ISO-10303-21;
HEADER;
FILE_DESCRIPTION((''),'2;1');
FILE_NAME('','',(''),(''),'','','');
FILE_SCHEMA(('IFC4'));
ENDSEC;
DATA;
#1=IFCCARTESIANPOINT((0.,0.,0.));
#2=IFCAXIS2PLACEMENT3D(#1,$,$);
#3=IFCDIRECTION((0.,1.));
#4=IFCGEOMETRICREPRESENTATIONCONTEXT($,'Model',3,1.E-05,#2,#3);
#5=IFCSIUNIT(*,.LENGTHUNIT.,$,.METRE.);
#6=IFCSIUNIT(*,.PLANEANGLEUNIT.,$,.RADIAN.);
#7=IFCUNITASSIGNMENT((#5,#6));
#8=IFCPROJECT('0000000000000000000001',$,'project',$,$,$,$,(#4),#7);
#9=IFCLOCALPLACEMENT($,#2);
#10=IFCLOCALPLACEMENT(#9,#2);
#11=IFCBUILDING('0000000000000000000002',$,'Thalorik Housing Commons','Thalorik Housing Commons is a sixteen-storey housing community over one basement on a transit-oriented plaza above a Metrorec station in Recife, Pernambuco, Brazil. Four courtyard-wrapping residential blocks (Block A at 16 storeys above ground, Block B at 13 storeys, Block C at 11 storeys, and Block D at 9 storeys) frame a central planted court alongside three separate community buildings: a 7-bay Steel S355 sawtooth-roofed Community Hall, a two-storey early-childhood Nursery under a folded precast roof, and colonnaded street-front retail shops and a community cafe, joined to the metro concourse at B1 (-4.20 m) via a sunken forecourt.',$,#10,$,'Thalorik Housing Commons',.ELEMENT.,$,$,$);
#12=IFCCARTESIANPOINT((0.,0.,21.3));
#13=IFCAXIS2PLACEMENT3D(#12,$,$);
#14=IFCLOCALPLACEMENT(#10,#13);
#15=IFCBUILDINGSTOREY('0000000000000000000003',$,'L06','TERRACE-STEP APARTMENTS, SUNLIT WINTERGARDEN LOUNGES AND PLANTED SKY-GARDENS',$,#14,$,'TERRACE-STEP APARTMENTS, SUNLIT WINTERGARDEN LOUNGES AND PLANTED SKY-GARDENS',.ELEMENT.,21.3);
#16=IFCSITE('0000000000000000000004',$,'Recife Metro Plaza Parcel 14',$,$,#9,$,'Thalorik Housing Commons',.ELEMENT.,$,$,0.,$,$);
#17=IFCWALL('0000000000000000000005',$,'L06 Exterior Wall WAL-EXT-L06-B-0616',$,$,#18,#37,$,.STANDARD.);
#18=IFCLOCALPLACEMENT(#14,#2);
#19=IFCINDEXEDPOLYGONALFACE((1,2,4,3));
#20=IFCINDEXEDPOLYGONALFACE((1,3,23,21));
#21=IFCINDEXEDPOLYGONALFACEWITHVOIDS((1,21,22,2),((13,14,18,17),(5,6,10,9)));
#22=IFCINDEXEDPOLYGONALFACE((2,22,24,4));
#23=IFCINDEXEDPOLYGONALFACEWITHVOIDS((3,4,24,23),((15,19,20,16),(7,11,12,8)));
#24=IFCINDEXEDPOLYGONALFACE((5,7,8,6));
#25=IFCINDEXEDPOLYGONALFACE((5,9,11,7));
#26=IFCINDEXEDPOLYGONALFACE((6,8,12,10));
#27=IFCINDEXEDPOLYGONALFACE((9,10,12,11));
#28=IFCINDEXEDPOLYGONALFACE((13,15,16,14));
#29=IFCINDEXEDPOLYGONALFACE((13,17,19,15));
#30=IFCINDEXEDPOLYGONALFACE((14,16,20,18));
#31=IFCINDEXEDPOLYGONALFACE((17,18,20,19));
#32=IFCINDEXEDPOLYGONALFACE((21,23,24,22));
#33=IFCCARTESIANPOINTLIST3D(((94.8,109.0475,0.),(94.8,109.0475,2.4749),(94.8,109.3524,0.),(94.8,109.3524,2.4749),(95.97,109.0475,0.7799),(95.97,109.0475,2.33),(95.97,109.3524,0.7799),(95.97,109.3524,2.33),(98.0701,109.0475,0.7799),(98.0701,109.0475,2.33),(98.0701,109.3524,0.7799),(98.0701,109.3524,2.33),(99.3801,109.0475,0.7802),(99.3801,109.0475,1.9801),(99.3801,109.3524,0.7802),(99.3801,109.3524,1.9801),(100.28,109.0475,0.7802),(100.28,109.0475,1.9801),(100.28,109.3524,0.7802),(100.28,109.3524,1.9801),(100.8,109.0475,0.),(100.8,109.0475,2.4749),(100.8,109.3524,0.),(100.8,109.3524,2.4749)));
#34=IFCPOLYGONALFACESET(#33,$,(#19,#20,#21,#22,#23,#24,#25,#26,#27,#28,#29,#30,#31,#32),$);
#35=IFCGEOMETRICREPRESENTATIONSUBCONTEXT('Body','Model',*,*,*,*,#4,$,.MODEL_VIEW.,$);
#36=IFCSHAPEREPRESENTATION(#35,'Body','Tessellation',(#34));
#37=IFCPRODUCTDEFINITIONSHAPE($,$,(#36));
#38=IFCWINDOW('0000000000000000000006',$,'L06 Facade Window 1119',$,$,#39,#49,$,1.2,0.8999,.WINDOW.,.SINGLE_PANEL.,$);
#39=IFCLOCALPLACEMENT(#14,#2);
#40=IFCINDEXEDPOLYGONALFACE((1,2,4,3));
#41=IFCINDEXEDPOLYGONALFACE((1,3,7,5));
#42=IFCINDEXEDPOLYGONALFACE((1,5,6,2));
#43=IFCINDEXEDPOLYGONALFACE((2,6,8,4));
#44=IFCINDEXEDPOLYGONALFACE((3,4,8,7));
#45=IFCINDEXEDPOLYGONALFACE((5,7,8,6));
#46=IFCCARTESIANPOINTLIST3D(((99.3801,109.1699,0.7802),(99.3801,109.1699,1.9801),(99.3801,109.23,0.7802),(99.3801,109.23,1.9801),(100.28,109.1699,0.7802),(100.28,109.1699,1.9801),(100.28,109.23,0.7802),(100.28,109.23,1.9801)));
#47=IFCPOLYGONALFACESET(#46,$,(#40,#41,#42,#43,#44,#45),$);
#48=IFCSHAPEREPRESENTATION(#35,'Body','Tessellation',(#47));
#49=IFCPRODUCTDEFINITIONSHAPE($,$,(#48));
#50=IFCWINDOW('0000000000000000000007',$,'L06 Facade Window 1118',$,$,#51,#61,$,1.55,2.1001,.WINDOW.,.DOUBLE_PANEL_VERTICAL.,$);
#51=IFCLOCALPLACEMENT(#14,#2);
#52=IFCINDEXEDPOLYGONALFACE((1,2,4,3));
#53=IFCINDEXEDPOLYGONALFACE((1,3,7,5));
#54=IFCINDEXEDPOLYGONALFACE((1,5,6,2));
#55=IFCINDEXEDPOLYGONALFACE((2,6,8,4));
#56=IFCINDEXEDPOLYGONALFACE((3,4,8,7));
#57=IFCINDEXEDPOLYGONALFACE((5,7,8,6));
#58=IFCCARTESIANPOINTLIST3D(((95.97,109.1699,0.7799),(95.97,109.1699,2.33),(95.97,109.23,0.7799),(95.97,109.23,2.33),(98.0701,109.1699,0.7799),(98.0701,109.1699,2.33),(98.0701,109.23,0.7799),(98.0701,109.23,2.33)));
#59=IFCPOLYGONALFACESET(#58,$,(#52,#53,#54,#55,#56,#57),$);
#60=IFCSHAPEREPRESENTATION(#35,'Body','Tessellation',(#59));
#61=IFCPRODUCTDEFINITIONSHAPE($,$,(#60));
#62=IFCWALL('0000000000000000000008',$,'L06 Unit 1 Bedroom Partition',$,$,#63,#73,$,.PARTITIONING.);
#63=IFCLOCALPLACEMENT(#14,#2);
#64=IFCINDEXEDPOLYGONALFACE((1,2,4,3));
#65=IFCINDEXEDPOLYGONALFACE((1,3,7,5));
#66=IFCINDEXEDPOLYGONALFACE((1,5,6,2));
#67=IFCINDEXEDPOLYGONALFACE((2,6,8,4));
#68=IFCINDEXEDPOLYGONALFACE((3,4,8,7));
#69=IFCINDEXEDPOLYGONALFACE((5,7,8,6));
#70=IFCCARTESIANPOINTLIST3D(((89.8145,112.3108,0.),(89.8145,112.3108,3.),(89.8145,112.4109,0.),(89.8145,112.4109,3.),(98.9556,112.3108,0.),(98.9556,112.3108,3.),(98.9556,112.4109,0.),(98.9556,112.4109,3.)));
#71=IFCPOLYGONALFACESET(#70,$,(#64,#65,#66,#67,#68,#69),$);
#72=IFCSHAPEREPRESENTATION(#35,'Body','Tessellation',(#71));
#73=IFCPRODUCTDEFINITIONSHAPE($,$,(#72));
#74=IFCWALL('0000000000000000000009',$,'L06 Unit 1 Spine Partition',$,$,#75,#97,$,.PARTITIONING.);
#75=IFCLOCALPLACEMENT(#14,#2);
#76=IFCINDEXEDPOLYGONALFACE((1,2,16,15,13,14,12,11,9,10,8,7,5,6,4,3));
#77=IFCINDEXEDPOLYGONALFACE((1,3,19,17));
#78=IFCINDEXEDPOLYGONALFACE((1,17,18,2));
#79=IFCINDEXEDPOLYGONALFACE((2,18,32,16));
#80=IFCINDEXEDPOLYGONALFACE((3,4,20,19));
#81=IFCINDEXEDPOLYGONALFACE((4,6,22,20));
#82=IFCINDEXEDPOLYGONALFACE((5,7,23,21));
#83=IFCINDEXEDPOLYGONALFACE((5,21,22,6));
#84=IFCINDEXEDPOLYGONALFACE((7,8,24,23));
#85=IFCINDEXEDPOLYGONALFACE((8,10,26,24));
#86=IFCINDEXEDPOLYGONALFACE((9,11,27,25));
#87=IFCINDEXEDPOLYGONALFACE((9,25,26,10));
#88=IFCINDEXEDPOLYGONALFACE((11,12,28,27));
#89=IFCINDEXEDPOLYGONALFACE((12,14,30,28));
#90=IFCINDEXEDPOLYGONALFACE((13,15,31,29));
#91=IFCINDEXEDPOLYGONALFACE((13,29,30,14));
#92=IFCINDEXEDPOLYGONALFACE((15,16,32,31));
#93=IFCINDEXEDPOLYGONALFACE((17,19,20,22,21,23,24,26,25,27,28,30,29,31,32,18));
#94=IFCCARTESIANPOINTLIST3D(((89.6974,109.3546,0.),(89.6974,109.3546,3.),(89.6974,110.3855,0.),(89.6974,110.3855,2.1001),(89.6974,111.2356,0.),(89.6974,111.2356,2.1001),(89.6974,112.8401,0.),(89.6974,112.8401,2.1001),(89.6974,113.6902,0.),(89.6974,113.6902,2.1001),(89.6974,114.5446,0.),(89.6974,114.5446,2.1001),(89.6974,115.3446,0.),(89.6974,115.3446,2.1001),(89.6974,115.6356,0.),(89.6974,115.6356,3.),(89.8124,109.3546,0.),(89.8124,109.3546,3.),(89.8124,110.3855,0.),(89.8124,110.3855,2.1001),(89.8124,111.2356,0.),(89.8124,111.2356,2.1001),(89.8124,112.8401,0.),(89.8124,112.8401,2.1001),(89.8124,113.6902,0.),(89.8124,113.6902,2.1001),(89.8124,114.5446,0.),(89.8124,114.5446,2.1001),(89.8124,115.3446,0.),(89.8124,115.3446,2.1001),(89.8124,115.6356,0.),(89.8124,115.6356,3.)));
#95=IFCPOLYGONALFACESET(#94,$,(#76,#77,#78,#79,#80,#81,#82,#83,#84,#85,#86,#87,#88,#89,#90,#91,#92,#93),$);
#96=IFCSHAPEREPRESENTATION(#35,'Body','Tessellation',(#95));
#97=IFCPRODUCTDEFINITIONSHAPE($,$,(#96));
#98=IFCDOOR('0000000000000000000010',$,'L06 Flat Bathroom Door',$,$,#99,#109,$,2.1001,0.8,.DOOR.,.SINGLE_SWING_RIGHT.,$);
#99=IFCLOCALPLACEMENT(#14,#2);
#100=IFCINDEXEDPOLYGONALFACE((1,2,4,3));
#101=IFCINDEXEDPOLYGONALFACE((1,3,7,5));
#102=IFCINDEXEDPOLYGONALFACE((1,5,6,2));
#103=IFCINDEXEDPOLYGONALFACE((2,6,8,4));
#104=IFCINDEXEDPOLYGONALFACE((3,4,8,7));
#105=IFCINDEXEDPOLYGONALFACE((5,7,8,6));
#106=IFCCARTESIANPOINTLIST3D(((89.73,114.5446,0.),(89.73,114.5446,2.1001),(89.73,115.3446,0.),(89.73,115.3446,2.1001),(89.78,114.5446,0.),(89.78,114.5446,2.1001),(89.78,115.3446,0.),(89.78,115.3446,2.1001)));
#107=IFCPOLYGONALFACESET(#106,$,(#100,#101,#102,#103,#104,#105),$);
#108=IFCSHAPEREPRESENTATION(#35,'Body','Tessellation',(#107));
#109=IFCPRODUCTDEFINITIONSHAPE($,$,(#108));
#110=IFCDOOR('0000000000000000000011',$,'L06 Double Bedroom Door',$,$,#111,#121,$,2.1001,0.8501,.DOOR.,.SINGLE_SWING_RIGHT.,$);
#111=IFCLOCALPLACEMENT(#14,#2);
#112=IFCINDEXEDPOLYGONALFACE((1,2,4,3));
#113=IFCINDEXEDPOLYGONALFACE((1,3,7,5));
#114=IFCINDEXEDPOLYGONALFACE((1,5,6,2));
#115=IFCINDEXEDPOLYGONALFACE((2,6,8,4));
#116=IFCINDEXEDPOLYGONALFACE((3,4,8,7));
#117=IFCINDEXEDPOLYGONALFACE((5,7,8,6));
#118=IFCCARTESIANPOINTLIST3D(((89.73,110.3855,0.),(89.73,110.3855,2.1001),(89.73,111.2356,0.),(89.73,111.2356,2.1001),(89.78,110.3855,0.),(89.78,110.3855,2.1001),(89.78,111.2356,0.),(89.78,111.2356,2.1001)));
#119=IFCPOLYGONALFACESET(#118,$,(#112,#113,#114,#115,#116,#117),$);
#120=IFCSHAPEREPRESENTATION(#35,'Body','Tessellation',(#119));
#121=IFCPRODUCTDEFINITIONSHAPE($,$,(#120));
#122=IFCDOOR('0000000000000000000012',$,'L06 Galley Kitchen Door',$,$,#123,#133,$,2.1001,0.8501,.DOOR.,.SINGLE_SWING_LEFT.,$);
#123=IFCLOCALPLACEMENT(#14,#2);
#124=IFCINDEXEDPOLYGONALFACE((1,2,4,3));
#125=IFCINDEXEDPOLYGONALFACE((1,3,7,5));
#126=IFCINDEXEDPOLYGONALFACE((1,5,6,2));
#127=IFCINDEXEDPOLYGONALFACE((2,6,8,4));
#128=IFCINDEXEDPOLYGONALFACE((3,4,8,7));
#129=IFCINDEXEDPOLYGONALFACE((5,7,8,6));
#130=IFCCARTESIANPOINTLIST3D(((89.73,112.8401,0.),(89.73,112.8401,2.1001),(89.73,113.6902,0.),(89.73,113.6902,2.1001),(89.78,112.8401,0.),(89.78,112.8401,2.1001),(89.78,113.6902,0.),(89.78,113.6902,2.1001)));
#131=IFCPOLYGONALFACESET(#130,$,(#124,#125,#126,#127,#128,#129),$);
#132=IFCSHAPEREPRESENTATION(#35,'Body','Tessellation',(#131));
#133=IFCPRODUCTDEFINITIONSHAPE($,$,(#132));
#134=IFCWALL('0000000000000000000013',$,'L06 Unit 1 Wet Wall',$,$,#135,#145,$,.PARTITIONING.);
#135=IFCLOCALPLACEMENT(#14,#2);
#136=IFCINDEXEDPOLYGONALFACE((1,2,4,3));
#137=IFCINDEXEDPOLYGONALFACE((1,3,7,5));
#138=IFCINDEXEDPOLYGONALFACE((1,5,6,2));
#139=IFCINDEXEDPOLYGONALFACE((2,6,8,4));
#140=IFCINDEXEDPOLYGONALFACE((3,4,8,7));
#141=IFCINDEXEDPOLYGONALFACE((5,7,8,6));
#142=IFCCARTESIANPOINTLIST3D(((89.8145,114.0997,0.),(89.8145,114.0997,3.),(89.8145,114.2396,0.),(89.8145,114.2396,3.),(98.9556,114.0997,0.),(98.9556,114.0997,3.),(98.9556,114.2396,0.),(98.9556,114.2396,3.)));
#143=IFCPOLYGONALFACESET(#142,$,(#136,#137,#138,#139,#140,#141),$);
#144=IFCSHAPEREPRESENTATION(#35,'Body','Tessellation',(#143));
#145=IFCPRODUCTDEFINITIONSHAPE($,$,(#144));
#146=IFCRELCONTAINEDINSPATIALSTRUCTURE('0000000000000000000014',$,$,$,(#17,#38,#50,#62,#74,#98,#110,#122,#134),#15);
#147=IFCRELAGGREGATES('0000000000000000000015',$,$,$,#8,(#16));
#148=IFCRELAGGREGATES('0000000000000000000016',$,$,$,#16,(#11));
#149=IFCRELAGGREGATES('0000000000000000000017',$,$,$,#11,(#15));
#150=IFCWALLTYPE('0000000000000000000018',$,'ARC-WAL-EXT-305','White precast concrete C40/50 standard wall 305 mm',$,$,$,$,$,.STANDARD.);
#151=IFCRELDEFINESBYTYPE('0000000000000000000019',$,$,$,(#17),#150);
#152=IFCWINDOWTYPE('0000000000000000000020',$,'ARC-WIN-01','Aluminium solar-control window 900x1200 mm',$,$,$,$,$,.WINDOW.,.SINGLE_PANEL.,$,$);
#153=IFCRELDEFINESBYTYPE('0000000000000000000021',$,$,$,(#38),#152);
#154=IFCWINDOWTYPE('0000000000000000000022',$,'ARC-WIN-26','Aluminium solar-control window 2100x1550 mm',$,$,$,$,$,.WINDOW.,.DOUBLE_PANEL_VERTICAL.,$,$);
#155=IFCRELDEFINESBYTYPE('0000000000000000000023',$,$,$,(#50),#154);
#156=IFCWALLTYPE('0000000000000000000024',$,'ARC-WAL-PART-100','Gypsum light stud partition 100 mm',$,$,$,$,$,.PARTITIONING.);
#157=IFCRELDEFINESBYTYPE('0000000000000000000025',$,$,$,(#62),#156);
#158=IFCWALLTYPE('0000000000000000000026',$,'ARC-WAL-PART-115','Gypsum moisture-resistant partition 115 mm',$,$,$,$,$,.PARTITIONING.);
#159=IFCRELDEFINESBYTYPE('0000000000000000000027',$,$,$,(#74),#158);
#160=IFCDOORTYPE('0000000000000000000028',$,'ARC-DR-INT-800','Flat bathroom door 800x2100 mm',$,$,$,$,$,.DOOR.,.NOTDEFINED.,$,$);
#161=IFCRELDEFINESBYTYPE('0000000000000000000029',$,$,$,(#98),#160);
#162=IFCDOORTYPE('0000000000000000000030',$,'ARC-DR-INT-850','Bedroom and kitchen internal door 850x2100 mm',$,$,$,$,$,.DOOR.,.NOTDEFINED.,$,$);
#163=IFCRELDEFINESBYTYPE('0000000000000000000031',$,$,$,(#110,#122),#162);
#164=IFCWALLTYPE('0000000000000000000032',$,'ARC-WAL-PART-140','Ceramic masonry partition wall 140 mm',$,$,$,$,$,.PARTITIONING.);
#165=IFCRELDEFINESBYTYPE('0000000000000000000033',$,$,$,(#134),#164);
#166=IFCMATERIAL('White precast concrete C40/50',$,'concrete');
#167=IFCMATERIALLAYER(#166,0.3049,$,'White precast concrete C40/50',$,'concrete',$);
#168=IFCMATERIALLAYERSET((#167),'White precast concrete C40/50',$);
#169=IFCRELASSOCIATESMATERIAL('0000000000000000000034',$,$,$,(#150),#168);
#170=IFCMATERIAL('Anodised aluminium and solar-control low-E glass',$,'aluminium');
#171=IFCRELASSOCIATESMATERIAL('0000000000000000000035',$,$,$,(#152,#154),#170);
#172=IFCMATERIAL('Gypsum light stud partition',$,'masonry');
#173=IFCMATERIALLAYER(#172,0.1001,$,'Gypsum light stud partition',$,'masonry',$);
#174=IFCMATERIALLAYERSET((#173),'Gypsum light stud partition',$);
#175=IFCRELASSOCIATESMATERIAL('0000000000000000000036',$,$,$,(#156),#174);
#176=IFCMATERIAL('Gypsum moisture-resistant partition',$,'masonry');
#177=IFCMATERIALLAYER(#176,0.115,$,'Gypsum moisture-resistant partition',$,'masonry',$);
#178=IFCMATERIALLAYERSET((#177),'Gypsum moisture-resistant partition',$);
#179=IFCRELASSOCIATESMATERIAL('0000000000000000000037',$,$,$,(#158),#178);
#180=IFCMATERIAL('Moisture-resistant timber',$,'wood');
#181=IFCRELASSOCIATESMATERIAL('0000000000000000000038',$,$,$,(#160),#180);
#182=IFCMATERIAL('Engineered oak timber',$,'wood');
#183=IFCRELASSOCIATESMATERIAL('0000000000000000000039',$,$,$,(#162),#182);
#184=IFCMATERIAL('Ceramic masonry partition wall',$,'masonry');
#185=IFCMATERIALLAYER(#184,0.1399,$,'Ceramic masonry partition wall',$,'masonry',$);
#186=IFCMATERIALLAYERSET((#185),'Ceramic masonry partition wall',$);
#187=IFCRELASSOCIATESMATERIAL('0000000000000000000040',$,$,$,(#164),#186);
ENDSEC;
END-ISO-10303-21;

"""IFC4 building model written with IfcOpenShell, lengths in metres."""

from ifc_helpers import new_model, si_unit, direction, frame, frame_2d, origin, place, context, subcontext, project, spatial, rectangle, extrude, material, layer, layer_set, type_object, element, fill, save


model = new_model("IFC4")

# Units and contexts
model_context = context("Model", 3, precision=1e-05, world=origin(), true_north=direction((0.0, 1.0)))
body_context = subcontext(model_context, "Body", "Model", "MODEL_VIEW")
ifc_project = project(units=[si_unit("LENGTHUNIT", "METRE"), si_unit("PLANEANGLEUNIT", "RADIAN")], contexts=[model_context])

# Site, building, storey
site_placement = place(None, origin())
site = spatial("IfcSite", under=ifc_project, at=site_placement, Name="Recife Metro Plaza Parcel 14", LongName="Thalorik Housing Commons", CompositionType="ELEMENT", RefElevation=0.0)
building_placement = place(site_placement, origin())
building = spatial("IfcBuilding", under=site, at=building_placement, Name="Thalorik Housing Commons", Description="Thalorik Housing Commons is a sixteen-storey housing community over one basement on a transit-oriented plaza above a Metrorec station in Recife, Pernambuco, Brazil. Four courtyard-wrapping residential blocks (Block A at 16 storeys above ground, Block B at 13 storeys, Block C at 11 storeys, and Block D at 9 storeys) frame a central planted court alongside three separate community buildings: a 7-bay Steel S355 sawtooth-roofed Community Hall, a two-storey early-childhood Nursery under a folded precast roof, and colonnaded street-front retail shops and a community cafe, joined to the metro concourse at B1 (-4.20 m) via a sunken forecourt.", LongName="Thalorik Housing Commons", CompositionType="ELEMENT")
storey_placement = place(building_placement, frame((0.0, 0.0, 21.3)))
storey = spatial("IfcBuildingStorey", under=building, at=storey_placement, Name="L06", Description="TERRACE-STEP APARTMENTS, SUNLIT WINTERGARDEN LOUNGES AND PLANTED SKY-GARDENS", LongName="TERRACE-STEP APARTMENTS, SUNLIT WINTERGARDEN LOUNGES AND PLANTED SKY-GARDENS", CompositionType="ELEMENT", Elevation=21.3)

# Wall, openings, windows
ifc_material_1 = material(Name="White precast concrete C40/50", Category="concrete")
ifc_layer_1 = layer(ifc_material_1, 0.3049, Name="White precast concrete C40/50", Category="concrete")
ifc_layer_set_1 = layer_set([ifc_layer_1], Name="White precast concrete C40/50")
wall_type_1 = type_object("IfcWallType", Name="ARC-WAL-EXT-305", Description="White precast concrete C40/50 standard wall 305 mm", PredefinedType="STANDARD", material=ifc_layer_set_1)
ifc_material_2 = material(Name="Anodised aluminium and solar-control low-E glass", Category="aluminium")
wall_1_placement = place(storey_placement, frame((94.8, 109.2, 0.0), z_axis=(0.0, 0.0, 1.0), x_axis=(1.0, 0.0, 0.0)))
wall_1 = element("IfcWall", 1, at=wall_1_placement, inside=storey, type_object=wall_type_1, Name="L06 Exterior Wall WAL-EXT-L06-B-0616", PredefinedType="STANDARD", context=body_context, shape_type="SweptSolid", body=[
    extrude(rectangle(XDim=6.0, YDim=0.3049, at=frame_2d((3.0, 0.0))), origin(), (0.0, 0.0, 1.0), 2.4749),
])
opening_1_placement = place(wall_1_placement, frame((1.1699, 0.0, 0.78)))
opening_1 = element("IfcOpeningElement", 2, at=opening_1_placement, cuts=wall_1, PredefinedType="OPENING", context=body_context, shape_type="SweptSolid", body=[
    extrude(rectangle(XDim=2.1001, YDim=1.55, at=frame_2d((1.05, 0.7749))), frame((0.0, 0.1626, 0.0), z_axis=(0.0, -1.0, 0.0), x_axis=(1.0, 0.0, 0.0)), (0.0, 0.0, 1.0), 0.325),
])
opening_2_placement = place(wall_1_placement, frame((4.5801, 0.0, 0.78)))
opening_2 = element("IfcOpeningElement", 3, at=opening_2_placement, cuts=wall_1, PredefinedType="OPENING", context=body_context, shape_type="SweptSolid", body=[
    extrude(rectangle(XDim=0.8999, YDim=1.2, at=frame_2d((0.45, 0.6001))), frame((0.0, 0.1626, 0.0), z_axis=(0.0, -1.0, 0.0), x_axis=(1.0, 0.0, 0.0)), (0.0, 0.0, 1.0), 0.325),
])
window_type_1 = type_object("IfcWindowType", Name="ARC-WIN-01", Description="Aluminium solar-control window 900x1200 mm", PartitioningType="SINGLE_PANEL", PredefinedType="WINDOW", material=ifc_material_2)
window_1_placement = place(opening_2_placement, origin())
window_1 = element("IfcWindow", 4, at=window_1_placement, inside=storey, type_object=window_type_1, Name="L06 Facade Window 1119", OverallHeight=1.2, OverallWidth=0.8999, PartitioningType="SINGLE_PANEL", PredefinedType="WINDOW", context=body_context, shape_type="SweptSolid", body=[
    extrude(rectangle(XDim=0.8999, YDim=1.2, at=frame_2d((0.45, 0.6001))), frame((0.0, 0.03, 0.0), z_axis=(0.0, -1.0, 0.0), x_axis=(1.0, 0.0, 0.0)), (0.0, 0.0, 1.0), 0.0601),
])
fill(opening_2, window_1)
window_type_2 = type_object("IfcWindowType", Name="ARC-WIN-26", Description="Aluminium solar-control window 2100x1550 mm", PartitioningType="DOUBLE_PANEL_VERTICAL", PredefinedType="WINDOW", material=ifc_material_2)
window_2_placement = place(opening_1_placement, origin())
window_2 = element("IfcWindow", 5, at=window_2_placement, inside=storey, type_object=window_type_2, Name="L06 Facade Window 1118", OverallHeight=1.55, OverallWidth=2.1001, PartitioningType="DOUBLE_PANEL_VERTICAL", PredefinedType="WINDOW", context=body_context, shape_type="SweptSolid", body=[
    extrude(rectangle(XDim=2.1001, YDim=1.55, at=frame_2d((1.05, 0.7749))), frame((0.0, 0.03, 0.0), z_axis=(0.0, -1.0, 0.0), x_axis=(1.0, 0.0, 0.0)), (0.0, 0.0, 1.0), 0.0601),
])
fill(opening_1, window_2)

# Wall
ifc_material_3 = material(Name="Gypsum light stud partition", Category="masonry")
ifc_layer_2 = layer(ifc_material_3, 0.1001, Name="Gypsum light stud partition", Category="masonry")
ifc_layer_set_2 = layer_set([ifc_layer_2], Name="Gypsum light stud partition")
wall_type_2 = type_object("IfcWallType", Name="ARC-WAL-PART-100", Description="Gypsum light stud partition 100 mm", PredefinedType="PARTITIONING", material=ifc_layer_set_2)
wall_2_placement = place(storey_placement, frame((89.8145, 112.3608, 0.0), z_axis=(0.0, 0.0, 1.0), x_axis=(1.0, 0.0, 0.0)))
element("IfcWall", 6, at=wall_2_placement, inside=storey, type_object=wall_type_2, Name="L06 Unit 1 Bedroom Partition", PredefinedType="PARTITIONING", context=body_context, shape_type="SweptSolid", body=[
    extrude(rectangle(XDim=9.1411, YDim=0.1001, at=frame_2d((4.5706, 0.0))), origin(), (0.0, 0.0, 1.0), 3.0),
])

# Wall, openings, doors
ifc_material_4 = material(Name="Gypsum moisture-resistant partition", Category="masonry")
ifc_layer_3 = layer(ifc_material_4, 0.115, Name="Gypsum moisture-resistant partition", Category="masonry")
ifc_layer_set_3 = layer_set([ifc_layer_3], Name="Gypsum moisture-resistant partition")
wall_type_3 = type_object("IfcWallType", Name="ARC-WAL-PART-115", Description="Gypsum moisture-resistant partition 115 mm", PredefinedType="PARTITIONING", material=ifc_layer_set_3)
wall_3_placement = place(storey_placement, frame((89.7549, 109.3545, 0.0), z_axis=(0.0, 0.0, 1.0), x_axis=(0.0, 1.0, 0.0)))
wall_3 = element("IfcWall", 7, at=wall_3_placement, inside=storey, type_object=wall_type_3, Name="L06 Unit 1 Spine Partition", PredefinedType="PARTITIONING", context=body_context, shape_type="SweptSolid", body=[
    extrude(rectangle(XDim=6.281, YDim=0.115, at=frame_2d((3.1406, 0.0))), origin(), (0.0, 0.0, 1.0), 3.0),
])
opening_3_placement = place(wall_3_placement, frame((1.031, 0.0, 0.0)))
opening_3 = element("IfcOpeningElement", 8, at=opening_3_placement, cuts=wall_3, PredefinedType="OPENING", context=body_context, shape_type="SweptSolid", body=[
    extrude(rectangle(XDim=0.8501, YDim=2.1001, at=frame_2d((0.425, 1.05))), frame((0.0, 0.0674, 0.0), z_axis=(0.0, -1.0, 0.0), x_axis=(1.0, 0.0, 0.0)), (0.0, 0.0, 1.0), 0.135),
])
opening_4_placement = place(wall_3_placement, frame((3.4856, 0.0, 0.0)))
opening_4 = element("IfcOpeningElement", 9, at=opening_4_placement, cuts=wall_3, PredefinedType="OPENING", context=body_context, shape_type="SweptSolid", body=[
    extrude(rectangle(XDim=0.8501, YDim=2.1001, at=frame_2d((0.425, 1.05))), frame((0.0, 0.0674, 0.0), z_axis=(0.0, -1.0, 0.0), x_axis=(1.0, 0.0, 0.0)), (0.0, 0.0, 1.0), 0.135),
])
opening_5_placement = place(wall_3_placement, frame((5.1902, 0.0, 0.0)))
opening_5 = element("IfcOpeningElement", 10, at=opening_5_placement, cuts=wall_3, PredefinedType="OPENING", context=body_context, shape_type="SweptSolid", body=[
    extrude(rectangle(XDim=0.8, YDim=2.1001, at=frame_2d((0.3999, 1.05))), frame((0.0, 0.0674, 0.0), z_axis=(0.0, -1.0, 0.0), x_axis=(1.0, 0.0, 0.0)), (0.0, 0.0, 1.0), 0.135),
])
ifc_material_5 = material(Name="Moisture-resistant timber", Category="wood")
door_type_1 = type_object("IfcDoorType", Name="ARC-DR-INT-800", Description="Flat bathroom door 800x2100 mm", OperationType="NOTDEFINED", PredefinedType="DOOR", material=ifc_material_5)
door_1_placement = place(opening_5_placement, origin())
door_1 = element("IfcDoor", 11, at=door_1_placement, inside=storey, type_object=door_type_1, Name="L06 Flat Bathroom Door", OperationType="SINGLE_SWING_RIGHT", OverallHeight=2.1001, OverallWidth=0.8, PredefinedType="DOOR", context=body_context, shape_type="SweptSolid", body=[
    extrude(rectangle(XDim=0.8, YDim=2.1001, at=frame_2d((0.3999, 1.05))), frame((0.0, 0.0249, 0.0), z_axis=(0.0, -1.0, 0.0), x_axis=(1.0, 0.0, 0.0)), (0.0, 0.0, 1.0), 0.05),
])
fill(opening_5, door_1)
ifc_material_6 = material(Name="Engineered oak timber", Category="wood")
door_type_2 = type_object("IfcDoorType", Name="ARC-DR-INT-850", Description="Bedroom and kitchen internal door 850x2100 mm", OperationType="NOTDEFINED", PredefinedType="DOOR", material=ifc_material_6)
door_2_placement = place(opening_3_placement, origin())
door_2 = element("IfcDoor", 12, at=door_2_placement, inside=storey, type_object=door_type_2, Name="L06 Double Bedroom Door", OperationType="SINGLE_SWING_RIGHT", OverallHeight=2.1001, OverallWidth=0.8501, PredefinedType="DOOR", context=body_context, shape_type="SweptSolid", body=[
    extrude(rectangle(XDim=0.8501, YDim=2.1001, at=frame_2d((0.425, 1.05))), frame((0.0, 0.0249, 0.0), z_axis=(0.0, -1.0, 0.0), x_axis=(1.0, 0.0, 0.0)), (0.0, 0.0, 1.0), 0.05),
])
fill(opening_3, door_2)
door_3_placement = place(opening_4_placement, origin())
door_3 = element("IfcDoor", 13, at=door_3_placement, inside=storey, type_object=door_type_2, Name="L06 Galley Kitchen Door", OperationType="SINGLE_SWING_LEFT", OverallHeight=2.1001, OverallWidth=0.8501, PredefinedType="DOOR", context=body_context, shape_type="SweptSolid", body=[
    extrude(rectangle(XDim=0.8501, YDim=2.1001, at=frame_2d((0.425, 1.05))), frame((0.0, 0.0249, 0.0), z_axis=(0.0, -1.0, 0.0), x_axis=(1.0, 0.0, 0.0)), (0.0, 0.0, 1.0), 0.05),
])
fill(opening_4, door_3)

# Wall
ifc_material_7 = material(Name="Ceramic masonry partition wall", Category="masonry")
ifc_layer_4 = layer(ifc_material_7, 0.1399, Name="Ceramic masonry partition wall", Category="masonry")
ifc_layer_set_4 = layer_set([ifc_layer_4], Name="Ceramic masonry partition wall")
wall_type_4 = type_object("IfcWallType", Name="ARC-WAL-PART-140", Description="Ceramic masonry partition wall 140 mm", PredefinedType="PARTITIONING", material=ifc_layer_set_4)
wall_4_placement = place(storey_placement, frame((89.8145, 114.1697, 0.0), z_axis=(0.0, 0.0, 1.0), x_axis=(1.0, 0.0, 0.0)))
element("IfcWall", 14, at=wall_4_placement, inside=storey, type_object=wall_type_4, Name="L06 Unit 1 Wet Wall", PredefinedType="PARTITIONING", context=body_context, shape_type="SweptSolid", body=[
    extrude(rectangle(XDim=9.1411, YDim=0.1399, at=frame_2d((4.5706, 0.0))), origin(), (0.0, 0.0, 1.0), 3.0),
])

save(model, "model.ifc")
